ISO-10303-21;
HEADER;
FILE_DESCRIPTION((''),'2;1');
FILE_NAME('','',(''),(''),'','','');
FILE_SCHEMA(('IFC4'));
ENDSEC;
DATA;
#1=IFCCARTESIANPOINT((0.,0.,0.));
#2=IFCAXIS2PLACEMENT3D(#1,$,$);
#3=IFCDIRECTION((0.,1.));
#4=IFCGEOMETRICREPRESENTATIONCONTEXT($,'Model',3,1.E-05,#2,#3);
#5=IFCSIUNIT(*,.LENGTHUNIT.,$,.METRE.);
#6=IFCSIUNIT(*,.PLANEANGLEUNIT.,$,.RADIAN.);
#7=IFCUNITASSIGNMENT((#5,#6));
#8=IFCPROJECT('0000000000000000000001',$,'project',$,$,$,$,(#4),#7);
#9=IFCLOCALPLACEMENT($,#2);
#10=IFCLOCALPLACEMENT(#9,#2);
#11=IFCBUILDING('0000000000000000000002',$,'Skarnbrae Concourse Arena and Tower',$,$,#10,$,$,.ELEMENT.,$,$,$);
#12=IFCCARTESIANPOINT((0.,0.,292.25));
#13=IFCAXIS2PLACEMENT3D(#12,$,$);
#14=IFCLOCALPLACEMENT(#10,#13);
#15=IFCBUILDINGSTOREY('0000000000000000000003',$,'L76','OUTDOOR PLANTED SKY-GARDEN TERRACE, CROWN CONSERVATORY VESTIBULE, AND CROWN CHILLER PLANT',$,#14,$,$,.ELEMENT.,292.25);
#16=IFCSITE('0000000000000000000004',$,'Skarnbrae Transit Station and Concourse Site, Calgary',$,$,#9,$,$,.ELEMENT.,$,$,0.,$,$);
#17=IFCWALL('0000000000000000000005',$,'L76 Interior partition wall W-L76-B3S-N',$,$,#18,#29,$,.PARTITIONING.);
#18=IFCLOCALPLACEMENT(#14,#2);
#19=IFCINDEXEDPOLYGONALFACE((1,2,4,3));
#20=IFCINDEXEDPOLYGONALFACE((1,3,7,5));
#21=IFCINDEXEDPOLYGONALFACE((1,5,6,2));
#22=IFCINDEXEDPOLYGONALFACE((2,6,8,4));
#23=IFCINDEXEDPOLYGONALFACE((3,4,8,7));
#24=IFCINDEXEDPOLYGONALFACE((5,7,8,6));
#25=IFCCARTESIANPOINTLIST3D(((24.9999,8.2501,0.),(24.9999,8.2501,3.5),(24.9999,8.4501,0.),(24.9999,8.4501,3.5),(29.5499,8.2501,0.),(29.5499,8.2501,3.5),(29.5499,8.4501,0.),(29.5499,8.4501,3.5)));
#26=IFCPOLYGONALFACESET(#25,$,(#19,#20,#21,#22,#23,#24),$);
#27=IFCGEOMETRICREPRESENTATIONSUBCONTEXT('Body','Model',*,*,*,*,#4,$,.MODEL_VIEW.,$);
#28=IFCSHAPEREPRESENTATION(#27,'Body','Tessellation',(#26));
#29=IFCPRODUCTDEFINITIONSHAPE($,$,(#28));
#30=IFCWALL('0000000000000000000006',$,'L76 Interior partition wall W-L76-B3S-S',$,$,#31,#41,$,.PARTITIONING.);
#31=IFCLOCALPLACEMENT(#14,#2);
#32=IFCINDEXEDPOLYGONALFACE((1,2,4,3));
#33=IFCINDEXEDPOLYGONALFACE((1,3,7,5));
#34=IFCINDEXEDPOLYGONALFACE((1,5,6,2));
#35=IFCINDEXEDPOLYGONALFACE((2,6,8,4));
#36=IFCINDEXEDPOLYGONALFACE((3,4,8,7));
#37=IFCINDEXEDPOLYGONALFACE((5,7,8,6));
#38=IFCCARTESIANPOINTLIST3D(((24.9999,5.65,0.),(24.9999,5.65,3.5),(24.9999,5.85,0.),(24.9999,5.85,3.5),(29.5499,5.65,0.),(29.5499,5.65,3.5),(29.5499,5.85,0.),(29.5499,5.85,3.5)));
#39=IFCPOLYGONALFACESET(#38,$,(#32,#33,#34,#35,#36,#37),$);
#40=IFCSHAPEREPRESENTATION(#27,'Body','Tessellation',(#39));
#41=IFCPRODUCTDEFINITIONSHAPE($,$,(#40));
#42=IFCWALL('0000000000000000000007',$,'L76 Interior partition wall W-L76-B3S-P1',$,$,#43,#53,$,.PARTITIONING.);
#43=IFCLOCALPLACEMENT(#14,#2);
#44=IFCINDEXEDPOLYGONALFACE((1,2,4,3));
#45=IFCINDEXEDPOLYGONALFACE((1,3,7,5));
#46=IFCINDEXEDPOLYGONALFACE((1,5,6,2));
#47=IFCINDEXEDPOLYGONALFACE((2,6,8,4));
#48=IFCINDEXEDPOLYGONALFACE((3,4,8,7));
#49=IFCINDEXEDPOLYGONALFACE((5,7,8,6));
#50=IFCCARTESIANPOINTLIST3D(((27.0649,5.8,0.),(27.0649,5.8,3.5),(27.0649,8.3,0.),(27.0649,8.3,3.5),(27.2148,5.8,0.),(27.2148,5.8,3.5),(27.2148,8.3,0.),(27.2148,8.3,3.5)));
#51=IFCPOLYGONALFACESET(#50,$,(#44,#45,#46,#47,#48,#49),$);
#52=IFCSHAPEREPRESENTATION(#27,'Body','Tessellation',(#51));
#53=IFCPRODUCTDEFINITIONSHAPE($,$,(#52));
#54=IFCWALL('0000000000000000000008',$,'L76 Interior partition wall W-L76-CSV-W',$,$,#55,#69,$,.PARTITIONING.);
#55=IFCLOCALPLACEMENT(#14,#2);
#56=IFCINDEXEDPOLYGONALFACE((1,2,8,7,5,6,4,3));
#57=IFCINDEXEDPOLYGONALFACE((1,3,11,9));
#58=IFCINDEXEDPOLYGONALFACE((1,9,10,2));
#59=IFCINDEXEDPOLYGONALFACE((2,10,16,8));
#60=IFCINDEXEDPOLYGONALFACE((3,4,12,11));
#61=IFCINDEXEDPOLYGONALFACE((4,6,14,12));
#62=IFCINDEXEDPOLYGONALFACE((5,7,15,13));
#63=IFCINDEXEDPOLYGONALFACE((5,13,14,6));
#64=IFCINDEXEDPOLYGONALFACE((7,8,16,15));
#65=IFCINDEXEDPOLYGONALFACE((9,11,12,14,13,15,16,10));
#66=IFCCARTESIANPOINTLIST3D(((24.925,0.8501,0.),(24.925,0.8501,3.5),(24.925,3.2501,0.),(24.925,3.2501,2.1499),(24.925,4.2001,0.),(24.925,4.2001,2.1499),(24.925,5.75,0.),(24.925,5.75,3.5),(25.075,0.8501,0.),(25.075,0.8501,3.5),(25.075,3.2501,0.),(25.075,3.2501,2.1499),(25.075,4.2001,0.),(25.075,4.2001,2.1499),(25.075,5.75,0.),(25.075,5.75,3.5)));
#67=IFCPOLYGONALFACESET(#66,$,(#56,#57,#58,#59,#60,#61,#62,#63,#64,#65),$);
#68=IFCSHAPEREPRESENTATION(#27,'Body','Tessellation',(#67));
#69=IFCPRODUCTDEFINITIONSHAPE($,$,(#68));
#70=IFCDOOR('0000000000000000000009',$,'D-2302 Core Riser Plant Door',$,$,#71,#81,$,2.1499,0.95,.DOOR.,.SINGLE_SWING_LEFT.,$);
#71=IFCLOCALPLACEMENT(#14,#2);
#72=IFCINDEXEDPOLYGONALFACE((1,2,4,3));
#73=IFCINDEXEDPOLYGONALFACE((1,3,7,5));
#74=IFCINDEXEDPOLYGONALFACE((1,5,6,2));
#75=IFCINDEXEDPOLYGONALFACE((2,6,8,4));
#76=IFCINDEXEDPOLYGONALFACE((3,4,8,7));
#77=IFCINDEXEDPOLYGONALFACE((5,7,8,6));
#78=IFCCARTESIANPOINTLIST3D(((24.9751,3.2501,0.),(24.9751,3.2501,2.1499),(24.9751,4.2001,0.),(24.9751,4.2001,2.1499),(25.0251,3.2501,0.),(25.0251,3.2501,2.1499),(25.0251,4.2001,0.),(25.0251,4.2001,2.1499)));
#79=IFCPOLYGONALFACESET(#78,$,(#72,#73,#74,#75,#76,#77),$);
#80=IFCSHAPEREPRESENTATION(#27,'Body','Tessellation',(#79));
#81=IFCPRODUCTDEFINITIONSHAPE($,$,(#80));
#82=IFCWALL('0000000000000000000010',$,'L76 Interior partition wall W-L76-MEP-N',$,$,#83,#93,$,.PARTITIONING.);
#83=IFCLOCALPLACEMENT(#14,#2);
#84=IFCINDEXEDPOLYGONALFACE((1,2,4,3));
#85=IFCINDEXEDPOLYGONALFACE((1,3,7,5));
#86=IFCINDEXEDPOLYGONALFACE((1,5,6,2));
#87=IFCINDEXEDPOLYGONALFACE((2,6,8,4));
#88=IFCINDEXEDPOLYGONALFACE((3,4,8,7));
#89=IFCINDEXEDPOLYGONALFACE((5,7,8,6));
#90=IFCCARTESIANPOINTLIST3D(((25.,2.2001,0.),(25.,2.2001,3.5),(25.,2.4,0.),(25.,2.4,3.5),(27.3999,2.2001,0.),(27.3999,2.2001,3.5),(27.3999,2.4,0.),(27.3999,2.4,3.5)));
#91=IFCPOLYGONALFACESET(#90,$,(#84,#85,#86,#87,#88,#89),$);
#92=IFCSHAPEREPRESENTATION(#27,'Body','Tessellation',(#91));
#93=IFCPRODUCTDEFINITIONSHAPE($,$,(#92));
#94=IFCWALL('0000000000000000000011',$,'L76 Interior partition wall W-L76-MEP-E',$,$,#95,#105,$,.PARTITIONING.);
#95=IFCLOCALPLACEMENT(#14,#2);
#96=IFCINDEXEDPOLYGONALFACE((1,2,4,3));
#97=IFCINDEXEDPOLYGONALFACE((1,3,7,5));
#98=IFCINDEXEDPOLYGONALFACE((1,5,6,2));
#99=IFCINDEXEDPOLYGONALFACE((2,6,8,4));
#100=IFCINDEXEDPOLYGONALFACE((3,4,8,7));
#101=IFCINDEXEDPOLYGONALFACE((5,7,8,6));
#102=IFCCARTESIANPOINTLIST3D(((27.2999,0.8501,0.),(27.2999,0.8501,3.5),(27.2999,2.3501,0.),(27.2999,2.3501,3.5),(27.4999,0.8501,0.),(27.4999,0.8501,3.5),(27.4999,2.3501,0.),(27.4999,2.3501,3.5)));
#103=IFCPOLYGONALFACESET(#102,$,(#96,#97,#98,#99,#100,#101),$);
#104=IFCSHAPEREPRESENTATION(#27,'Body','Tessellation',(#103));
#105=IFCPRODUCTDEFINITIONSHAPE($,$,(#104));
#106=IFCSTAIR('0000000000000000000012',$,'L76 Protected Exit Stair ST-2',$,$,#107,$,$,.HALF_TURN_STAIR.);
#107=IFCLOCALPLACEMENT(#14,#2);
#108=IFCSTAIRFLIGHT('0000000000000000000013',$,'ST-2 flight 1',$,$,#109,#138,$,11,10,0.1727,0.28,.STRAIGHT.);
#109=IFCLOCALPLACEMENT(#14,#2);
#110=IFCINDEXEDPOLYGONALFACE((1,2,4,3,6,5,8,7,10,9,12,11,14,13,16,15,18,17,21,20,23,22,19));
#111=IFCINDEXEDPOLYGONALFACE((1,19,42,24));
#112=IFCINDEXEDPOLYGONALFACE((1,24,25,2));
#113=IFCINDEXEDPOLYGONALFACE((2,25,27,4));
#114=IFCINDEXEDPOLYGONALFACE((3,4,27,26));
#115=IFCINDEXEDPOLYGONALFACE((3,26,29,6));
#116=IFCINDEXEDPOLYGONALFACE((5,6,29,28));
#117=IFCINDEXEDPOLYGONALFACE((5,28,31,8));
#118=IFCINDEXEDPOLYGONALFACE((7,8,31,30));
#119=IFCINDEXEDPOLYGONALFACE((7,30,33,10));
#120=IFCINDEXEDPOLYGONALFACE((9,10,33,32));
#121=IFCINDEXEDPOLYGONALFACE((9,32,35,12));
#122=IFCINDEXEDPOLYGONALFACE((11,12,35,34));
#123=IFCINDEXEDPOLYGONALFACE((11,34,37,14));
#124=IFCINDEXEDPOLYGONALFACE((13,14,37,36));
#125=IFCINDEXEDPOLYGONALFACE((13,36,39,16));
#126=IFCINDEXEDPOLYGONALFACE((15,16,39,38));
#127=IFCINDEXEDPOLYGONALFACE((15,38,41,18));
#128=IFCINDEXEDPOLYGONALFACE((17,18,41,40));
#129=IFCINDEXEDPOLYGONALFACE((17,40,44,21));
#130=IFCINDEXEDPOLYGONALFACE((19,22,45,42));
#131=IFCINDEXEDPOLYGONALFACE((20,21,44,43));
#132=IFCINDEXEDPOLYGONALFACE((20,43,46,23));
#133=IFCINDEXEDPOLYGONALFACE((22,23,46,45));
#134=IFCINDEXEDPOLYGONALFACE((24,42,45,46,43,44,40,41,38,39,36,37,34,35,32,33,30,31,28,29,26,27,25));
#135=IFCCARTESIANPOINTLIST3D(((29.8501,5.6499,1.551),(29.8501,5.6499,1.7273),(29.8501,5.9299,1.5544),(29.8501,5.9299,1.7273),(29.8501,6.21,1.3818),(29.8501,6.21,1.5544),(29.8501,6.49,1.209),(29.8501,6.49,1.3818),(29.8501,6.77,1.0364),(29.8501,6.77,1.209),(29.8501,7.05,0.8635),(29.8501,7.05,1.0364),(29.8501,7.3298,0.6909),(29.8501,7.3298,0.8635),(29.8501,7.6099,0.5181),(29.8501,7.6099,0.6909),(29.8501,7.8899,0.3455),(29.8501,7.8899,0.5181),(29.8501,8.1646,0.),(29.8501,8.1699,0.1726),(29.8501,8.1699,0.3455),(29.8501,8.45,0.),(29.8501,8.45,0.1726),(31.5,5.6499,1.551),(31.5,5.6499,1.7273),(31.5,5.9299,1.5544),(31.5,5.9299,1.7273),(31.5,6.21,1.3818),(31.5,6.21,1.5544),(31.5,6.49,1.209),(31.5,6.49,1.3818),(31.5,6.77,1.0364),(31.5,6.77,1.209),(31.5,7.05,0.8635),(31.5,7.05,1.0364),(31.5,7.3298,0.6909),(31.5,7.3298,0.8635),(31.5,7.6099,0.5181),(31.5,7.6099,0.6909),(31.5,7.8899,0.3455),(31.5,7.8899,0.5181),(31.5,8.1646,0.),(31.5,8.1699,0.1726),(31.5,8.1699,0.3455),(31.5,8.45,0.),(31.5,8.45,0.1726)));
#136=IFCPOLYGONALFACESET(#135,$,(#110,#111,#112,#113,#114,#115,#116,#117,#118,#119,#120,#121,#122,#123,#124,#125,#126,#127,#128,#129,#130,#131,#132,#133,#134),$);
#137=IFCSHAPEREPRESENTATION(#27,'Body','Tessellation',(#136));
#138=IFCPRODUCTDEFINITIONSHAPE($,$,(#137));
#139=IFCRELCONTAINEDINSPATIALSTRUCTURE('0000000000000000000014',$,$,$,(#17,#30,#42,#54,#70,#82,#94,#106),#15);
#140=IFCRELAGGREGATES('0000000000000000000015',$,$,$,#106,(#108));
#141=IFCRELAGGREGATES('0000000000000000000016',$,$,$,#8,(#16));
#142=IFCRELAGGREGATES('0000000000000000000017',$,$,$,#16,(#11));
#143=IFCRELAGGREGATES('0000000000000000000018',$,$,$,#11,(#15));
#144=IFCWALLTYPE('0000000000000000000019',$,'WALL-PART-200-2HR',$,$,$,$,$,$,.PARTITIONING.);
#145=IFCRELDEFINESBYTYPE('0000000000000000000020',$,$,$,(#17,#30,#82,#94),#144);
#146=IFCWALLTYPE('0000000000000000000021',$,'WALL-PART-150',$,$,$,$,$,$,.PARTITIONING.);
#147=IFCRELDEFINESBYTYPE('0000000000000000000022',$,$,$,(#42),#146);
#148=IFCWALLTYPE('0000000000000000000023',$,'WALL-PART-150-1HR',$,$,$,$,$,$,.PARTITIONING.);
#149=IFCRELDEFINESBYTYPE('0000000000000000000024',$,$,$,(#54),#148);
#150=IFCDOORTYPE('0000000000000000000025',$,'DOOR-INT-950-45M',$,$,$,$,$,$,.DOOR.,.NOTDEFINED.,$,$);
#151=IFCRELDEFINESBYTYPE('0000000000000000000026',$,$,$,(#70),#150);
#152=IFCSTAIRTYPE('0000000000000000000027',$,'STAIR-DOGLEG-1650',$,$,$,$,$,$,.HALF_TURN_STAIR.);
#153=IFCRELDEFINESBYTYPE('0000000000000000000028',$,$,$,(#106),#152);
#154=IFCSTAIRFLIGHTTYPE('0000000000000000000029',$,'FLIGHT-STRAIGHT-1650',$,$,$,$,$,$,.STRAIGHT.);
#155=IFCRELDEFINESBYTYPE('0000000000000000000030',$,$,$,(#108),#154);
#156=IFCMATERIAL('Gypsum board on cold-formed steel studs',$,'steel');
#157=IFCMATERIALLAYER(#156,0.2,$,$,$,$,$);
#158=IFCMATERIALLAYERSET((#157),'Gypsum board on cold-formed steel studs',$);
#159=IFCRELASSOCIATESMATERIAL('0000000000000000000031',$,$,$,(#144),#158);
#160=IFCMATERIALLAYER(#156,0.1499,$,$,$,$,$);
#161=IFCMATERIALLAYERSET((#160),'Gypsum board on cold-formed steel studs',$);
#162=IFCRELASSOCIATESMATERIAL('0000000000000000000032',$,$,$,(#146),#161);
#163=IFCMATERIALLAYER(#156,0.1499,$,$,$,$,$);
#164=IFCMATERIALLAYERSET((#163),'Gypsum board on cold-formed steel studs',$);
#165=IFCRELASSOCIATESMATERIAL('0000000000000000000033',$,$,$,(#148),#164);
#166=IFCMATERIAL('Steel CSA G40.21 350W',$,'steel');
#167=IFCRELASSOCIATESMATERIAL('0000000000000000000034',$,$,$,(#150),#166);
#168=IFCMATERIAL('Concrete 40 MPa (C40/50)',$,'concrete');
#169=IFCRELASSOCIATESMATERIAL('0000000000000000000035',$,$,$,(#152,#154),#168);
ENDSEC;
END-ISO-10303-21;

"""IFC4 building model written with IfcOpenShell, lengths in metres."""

from ifc_helpers import new_model, si_unit, direction, frame, frame_2d, origin, place, context, subcontext, project, spatial, polyline, rectangle, outline, extrude, source, transform, mapped, material, layer, layer_set, type_object, element, fill, aggregate, save


model = new_model("IFC4")

# Units and contexts
model_context = context("Model", 3, precision=1e-05, world=origin(), true_north=direction((0.0, 1.0)))
body_context = subcontext(model_context, "Body", "Model", "MODEL_VIEW")
ifc_project = project(units=[si_unit("LENGTHUNIT", "METRE"), si_unit("PLANEANGLEUNIT", "RADIAN")], contexts=[model_context])

# Site, building, storey
site_placement = place(None, origin())
site = spatial("IfcSite", under=ifc_project, at=site_placement, Name="Skarnbrae Transit Station and Concourse Site, Calgary", CompositionType="ELEMENT", RefElevation=0.0)
building_placement = place(site_placement, origin())
building = spatial("IfcBuilding", under=site, at=building_placement, Name="Skarnbrae Concourse Arena and Tower", CompositionType="ELEMENT")
storey_placement = place(building_placement, frame((0.0, 0.0, 292.25)))
storey = spatial("IfcBuildingStorey", under=building, at=storey_placement, Name="L76", Description="OUTDOOR PLANTED SKY-GARDEN TERRACE, CROWN CONSERVATORY VESTIBULE, AND CROWN CHILLER PLANT", CompositionType="ELEMENT", Elevation=292.25)

# Shared definitions
ifc_material_1 = material(Name="Steel CSA G40.21 350W", Category="steel")

# Walls
ifc_material_2 = material(Name="Gypsum board on cold-formed steel studs", Category="steel")
ifc_layer_1 = layer(ifc_material_2, 0.2)
ifc_layer_set_1 = layer_set([ifc_layer_1], Name="Gypsum board on cold-formed steel studs")
wall_type_1 = type_object("IfcWallType", Name="WALL-PART-200-2HR", PredefinedType="PARTITIONING", material=ifc_layer_set_1)
ifc_layer_2 = layer(ifc_material_2, 0.1499)
ifc_layer_set_2 = layer_set([ifc_layer_2], Name="Gypsum board on cold-formed steel studs")
wall_type_2 = type_object("IfcWallType", Name="WALL-PART-150", PredefinedType="PARTITIONING", material=ifc_layer_set_2)
shared_shape_1 = source(origin(), body_context, "Body", "SweptSolid", [
    extrude(rectangle(XDim=4.55, YDim=0.2, at=frame_2d((2.2749, 0.0))), origin(), (0.0, 0.0, 1.0), 3.5),
])
for number, where, z_axis, x_axis, name in (
    (1, (25.0, 8.3501, 0.0), (0.0, 0.0, 1.0), (1.0, 0.0, 0.0), "L76 Interior partition wall W-L76-B3S-N"),
    (2, (25.0, 5.75, 0.0), (0.0, 0.0, 1.0), (1.0, 0.0, 0.0), "L76 Interior partition wall W-L76-B3S-S"),
):
    element("IfcWall", number, at=place(storey_placement, frame(where, z_axis=z_axis, x_axis=x_axis)), inside=storey, type_object=wall_type_1, Name=name, PredefinedType="PARTITIONING", context=body_context, shape_type="MappedRepresentation", body=[
        mapped(shared_shape_1, transform((0.0, 0.0, 0.0))),
    ])
shared_shape_2 = source(origin(), body_context, "Body", "SweptSolid", [
    extrude(rectangle(XDim=2.5, YDim=0.1499, at=frame_2d((1.25, 0.0))), origin(), (0.0, 0.0, 1.0), 3.5),
])
wall_1_placement = place(storey_placement, frame((27.1399, 5.8, 0.0), z_axis=(0.0, 0.0, 1.0), x_axis=(0.0, 1.0, 0.0)))
element("IfcWall", 3, at=wall_1_placement, inside=storey, type_object=wall_type_2, Name="L76 Interior partition wall W-L76-B3S-P1", PredefinedType="PARTITIONING", context=body_context, shape_type="MappedRepresentation", body=[
    mapped(shared_shape_2, transform((0.0, 0.0, 0.0))),
])

# Wall, opening, door
ifc_layer_3 = layer(ifc_material_2, 0.1499)
ifc_layer_set_3 = layer_set([ifc_layer_3], Name="Gypsum board on cold-formed steel studs")
wall_type_3 = type_object("IfcWallType", Name="WALL-PART-150-1HR", PredefinedType="PARTITIONING", material=ifc_layer_set_3)
shared_shape_3 = source(origin(), body_context, "Body", "SweptSolid", [
    extrude(rectangle(XDim=4.8999, YDim=0.1499, at=frame_2d((2.45, 0.0))), origin(), (0.0, 0.0, 1.0), 3.5),
])
wall_2_placement = place(storey_placement, frame((25.0, 0.8501, 0.0), z_axis=(0.0, 0.0, 1.0), x_axis=(0.0, 1.0, 0.0)))
wall_2 = element("IfcWall", 4, at=wall_2_placement, inside=storey, type_object=wall_type_3, Name="L76 Interior partition wall W-L76-CSV-W", PredefinedType="PARTITIONING", context=body_context, shape_type="MappedRepresentation", body=[
    mapped(shared_shape_3, transform((0.0, 0.0, 0.0))),
])
opening_1_placement = place(wall_2_placement, frame((2.3999, 0.0, 0.0)))
opening_1 = element("IfcOpeningElement", 5, at=opening_1_placement, cuts=wall_2, PredefinedType="OPENING", context=body_context, shape_type="SweptSolid", body=[
    extrude(rectangle(XDim=0.95, YDim=2.1499, at=frame_2d((0.4751, 1.075))), frame((0.0, 0.085, 0.0), z_axis=(0.0, -1.0, 0.0), x_axis=(1.0, 0.0, 0.0)), (0.0, 0.0, 1.0), 0.1699),
])
door_type_1 = type_object("IfcDoorType", Name="DOOR-INT-950-45M", OperationType="NOTDEFINED", PredefinedType="DOOR", material=ifc_material_1)
shared_shape_4 = source(origin(), body_context, "Body", "SweptSolid", [
    extrude(rectangle(XDim=0.95, YDim=2.1499, at=frame_2d((0.4751, 1.075))), frame((0.0, 0.0249, 0.0), z_axis=(0.0, -1.0, 0.0), x_axis=(1.0, 0.0, 0.0)), (0.0, 0.0, 1.0), 0.05),
])
door_1_placement = place(opening_1_placement, origin())
door_1 = element("IfcDoor", 6, at=door_1_placement, inside=storey, type_object=door_type_1, Name="D-2302 Core Riser Plant Door", OperationType="SINGLE_SWING_LEFT", OverallHeight=2.1499, OverallWidth=0.95, PredefinedType="DOOR", context=body_context, shape_type="MappedRepresentation", body=[
    mapped(shared_shape_4, transform((0.0, 0.0, 0.0))),
])
fill(opening_1, door_1)

# Walls
shared_shape_5 = source(origin(), body_context, "Body", "SweptSolid", [
    extrude(rectangle(XDim=2.3999, YDim=0.2, at=frame_2d((1.2, 0.0))), origin(), (0.0, 0.0, 1.0), 3.5),
])
wall_3_placement = place(storey_placement, frame((25.0, 2.3, 0.0), z_axis=(0.0, 0.0, 1.0), x_axis=(1.0, 0.0, 0.0)))
element("IfcWall", 7, at=wall_3_placement, inside=storey, type_object=wall_type_1, Name="L76 Interior partition wall W-L76-MEP-N", PredefinedType="PARTITIONING", context=body_context, shape_type="MappedRepresentation", body=[
    mapped(shared_shape_5, transform((0.0, 0.0, 0.0))),
])
shared_shape_6 = source(origin(), body_context, "Body", "SweptSolid", [
    extrude(rectangle(XDim=1.5, YDim=0.2, at=frame_2d((0.75, 0.0))), origin(), (0.0, 0.0, 1.0), 3.5),
])
wall_4_placement = place(storey_placement, frame((27.3999, 0.8501, 0.0), z_axis=(0.0, 0.0, 1.0), x_axis=(0.0, 1.0, 0.0)))
element("IfcWall", 8, at=wall_4_placement, inside=storey, type_object=wall_type_1, Name="L76 Interior partition wall W-L76-MEP-E", PredefinedType="PARTITIONING", context=body_context, shape_type="MappedRepresentation", body=[
    mapped(shared_shape_6, transform((0.0, 0.0, 0.0))),
])

# Stair, stair flight
ifc_material_3 = material(Name="Concrete 40 MPa (C40/50)", Category="concrete")
stair_type = type_object("IfcStairType", Name="STAIR-DOGLEG-1650", PredefinedType="HALF_TURN_STAIR", material=ifc_material_3)
stair_placement = place(storey_placement, origin())
stair = element("IfcStair", 9, at=stair_placement, inside=storey, type_object=stair_type, Name="L76 Protected Exit Stair ST-2", PredefinedType="HALF_TURN_STAIR")
stair_flight_type = type_object("IfcStairFlightType", Name="FLIGHT-STRAIGHT-1650", PredefinedType="STRAIGHT", material=ifc_material_3)
shared_shape_7 = source(origin(), body_context, "Body", "SweptSolid", [
    extrude(outline(polyline([(0.0, 0.0), (0.0, 0.1726), (0.28, 0.1726), (0.28, 0.3455), (0.5601, 0.3455), (0.5601, 0.5181), (0.8401, 0.5181), (0.8401, 0.6909), (1.1201, 0.6909), (1.1201, 0.8635), (1.3999, 0.8635), (1.3999, 1.0364), (1.6799, 1.0364), (1.6799, 1.209), (1.96, 1.209), (1.96, 1.3818), (2.24, 1.3818), (2.24, 1.5544), (2.52, 1.5544), (2.52, 1.7273), (2.8, 1.7273), (2.8, 1.8999), (2.8, 1.551), (0.2854, 0.0), (0.0, 0.0)])), frame((0.0, 0.825, 0.0), z_axis=(0.0, -1.0, 0.0), x_axis=(1.0, 0.0, 0.0)), (0.0, 0.0, 1.0), 1.6499),
])
stair_flight_placement = place(storey_placement, frame((30.675, 8.45, 0.0), z_axis=(0.0, 0.0, 1.0), x_axis=(0.0, -1.0, 0.0)))
stair_flight = element("IfcStairFlight", 10, at=stair_flight_placement, type_object=stair_flight_type, Name="ST-2 flight 1", NumberOfRisers=11, NumberOfTreads=10, PredefinedType="STRAIGHT", RiserHeight=0.1727, TreadLength=0.28, context=body_context, shape_type="MappedRepresentation", body=[
    mapped(shared_shape_7, transform((0.0, 0.0, 0.0))),
])
aggregate(stair, [stair_flight])

save(model, "model.ifc")
